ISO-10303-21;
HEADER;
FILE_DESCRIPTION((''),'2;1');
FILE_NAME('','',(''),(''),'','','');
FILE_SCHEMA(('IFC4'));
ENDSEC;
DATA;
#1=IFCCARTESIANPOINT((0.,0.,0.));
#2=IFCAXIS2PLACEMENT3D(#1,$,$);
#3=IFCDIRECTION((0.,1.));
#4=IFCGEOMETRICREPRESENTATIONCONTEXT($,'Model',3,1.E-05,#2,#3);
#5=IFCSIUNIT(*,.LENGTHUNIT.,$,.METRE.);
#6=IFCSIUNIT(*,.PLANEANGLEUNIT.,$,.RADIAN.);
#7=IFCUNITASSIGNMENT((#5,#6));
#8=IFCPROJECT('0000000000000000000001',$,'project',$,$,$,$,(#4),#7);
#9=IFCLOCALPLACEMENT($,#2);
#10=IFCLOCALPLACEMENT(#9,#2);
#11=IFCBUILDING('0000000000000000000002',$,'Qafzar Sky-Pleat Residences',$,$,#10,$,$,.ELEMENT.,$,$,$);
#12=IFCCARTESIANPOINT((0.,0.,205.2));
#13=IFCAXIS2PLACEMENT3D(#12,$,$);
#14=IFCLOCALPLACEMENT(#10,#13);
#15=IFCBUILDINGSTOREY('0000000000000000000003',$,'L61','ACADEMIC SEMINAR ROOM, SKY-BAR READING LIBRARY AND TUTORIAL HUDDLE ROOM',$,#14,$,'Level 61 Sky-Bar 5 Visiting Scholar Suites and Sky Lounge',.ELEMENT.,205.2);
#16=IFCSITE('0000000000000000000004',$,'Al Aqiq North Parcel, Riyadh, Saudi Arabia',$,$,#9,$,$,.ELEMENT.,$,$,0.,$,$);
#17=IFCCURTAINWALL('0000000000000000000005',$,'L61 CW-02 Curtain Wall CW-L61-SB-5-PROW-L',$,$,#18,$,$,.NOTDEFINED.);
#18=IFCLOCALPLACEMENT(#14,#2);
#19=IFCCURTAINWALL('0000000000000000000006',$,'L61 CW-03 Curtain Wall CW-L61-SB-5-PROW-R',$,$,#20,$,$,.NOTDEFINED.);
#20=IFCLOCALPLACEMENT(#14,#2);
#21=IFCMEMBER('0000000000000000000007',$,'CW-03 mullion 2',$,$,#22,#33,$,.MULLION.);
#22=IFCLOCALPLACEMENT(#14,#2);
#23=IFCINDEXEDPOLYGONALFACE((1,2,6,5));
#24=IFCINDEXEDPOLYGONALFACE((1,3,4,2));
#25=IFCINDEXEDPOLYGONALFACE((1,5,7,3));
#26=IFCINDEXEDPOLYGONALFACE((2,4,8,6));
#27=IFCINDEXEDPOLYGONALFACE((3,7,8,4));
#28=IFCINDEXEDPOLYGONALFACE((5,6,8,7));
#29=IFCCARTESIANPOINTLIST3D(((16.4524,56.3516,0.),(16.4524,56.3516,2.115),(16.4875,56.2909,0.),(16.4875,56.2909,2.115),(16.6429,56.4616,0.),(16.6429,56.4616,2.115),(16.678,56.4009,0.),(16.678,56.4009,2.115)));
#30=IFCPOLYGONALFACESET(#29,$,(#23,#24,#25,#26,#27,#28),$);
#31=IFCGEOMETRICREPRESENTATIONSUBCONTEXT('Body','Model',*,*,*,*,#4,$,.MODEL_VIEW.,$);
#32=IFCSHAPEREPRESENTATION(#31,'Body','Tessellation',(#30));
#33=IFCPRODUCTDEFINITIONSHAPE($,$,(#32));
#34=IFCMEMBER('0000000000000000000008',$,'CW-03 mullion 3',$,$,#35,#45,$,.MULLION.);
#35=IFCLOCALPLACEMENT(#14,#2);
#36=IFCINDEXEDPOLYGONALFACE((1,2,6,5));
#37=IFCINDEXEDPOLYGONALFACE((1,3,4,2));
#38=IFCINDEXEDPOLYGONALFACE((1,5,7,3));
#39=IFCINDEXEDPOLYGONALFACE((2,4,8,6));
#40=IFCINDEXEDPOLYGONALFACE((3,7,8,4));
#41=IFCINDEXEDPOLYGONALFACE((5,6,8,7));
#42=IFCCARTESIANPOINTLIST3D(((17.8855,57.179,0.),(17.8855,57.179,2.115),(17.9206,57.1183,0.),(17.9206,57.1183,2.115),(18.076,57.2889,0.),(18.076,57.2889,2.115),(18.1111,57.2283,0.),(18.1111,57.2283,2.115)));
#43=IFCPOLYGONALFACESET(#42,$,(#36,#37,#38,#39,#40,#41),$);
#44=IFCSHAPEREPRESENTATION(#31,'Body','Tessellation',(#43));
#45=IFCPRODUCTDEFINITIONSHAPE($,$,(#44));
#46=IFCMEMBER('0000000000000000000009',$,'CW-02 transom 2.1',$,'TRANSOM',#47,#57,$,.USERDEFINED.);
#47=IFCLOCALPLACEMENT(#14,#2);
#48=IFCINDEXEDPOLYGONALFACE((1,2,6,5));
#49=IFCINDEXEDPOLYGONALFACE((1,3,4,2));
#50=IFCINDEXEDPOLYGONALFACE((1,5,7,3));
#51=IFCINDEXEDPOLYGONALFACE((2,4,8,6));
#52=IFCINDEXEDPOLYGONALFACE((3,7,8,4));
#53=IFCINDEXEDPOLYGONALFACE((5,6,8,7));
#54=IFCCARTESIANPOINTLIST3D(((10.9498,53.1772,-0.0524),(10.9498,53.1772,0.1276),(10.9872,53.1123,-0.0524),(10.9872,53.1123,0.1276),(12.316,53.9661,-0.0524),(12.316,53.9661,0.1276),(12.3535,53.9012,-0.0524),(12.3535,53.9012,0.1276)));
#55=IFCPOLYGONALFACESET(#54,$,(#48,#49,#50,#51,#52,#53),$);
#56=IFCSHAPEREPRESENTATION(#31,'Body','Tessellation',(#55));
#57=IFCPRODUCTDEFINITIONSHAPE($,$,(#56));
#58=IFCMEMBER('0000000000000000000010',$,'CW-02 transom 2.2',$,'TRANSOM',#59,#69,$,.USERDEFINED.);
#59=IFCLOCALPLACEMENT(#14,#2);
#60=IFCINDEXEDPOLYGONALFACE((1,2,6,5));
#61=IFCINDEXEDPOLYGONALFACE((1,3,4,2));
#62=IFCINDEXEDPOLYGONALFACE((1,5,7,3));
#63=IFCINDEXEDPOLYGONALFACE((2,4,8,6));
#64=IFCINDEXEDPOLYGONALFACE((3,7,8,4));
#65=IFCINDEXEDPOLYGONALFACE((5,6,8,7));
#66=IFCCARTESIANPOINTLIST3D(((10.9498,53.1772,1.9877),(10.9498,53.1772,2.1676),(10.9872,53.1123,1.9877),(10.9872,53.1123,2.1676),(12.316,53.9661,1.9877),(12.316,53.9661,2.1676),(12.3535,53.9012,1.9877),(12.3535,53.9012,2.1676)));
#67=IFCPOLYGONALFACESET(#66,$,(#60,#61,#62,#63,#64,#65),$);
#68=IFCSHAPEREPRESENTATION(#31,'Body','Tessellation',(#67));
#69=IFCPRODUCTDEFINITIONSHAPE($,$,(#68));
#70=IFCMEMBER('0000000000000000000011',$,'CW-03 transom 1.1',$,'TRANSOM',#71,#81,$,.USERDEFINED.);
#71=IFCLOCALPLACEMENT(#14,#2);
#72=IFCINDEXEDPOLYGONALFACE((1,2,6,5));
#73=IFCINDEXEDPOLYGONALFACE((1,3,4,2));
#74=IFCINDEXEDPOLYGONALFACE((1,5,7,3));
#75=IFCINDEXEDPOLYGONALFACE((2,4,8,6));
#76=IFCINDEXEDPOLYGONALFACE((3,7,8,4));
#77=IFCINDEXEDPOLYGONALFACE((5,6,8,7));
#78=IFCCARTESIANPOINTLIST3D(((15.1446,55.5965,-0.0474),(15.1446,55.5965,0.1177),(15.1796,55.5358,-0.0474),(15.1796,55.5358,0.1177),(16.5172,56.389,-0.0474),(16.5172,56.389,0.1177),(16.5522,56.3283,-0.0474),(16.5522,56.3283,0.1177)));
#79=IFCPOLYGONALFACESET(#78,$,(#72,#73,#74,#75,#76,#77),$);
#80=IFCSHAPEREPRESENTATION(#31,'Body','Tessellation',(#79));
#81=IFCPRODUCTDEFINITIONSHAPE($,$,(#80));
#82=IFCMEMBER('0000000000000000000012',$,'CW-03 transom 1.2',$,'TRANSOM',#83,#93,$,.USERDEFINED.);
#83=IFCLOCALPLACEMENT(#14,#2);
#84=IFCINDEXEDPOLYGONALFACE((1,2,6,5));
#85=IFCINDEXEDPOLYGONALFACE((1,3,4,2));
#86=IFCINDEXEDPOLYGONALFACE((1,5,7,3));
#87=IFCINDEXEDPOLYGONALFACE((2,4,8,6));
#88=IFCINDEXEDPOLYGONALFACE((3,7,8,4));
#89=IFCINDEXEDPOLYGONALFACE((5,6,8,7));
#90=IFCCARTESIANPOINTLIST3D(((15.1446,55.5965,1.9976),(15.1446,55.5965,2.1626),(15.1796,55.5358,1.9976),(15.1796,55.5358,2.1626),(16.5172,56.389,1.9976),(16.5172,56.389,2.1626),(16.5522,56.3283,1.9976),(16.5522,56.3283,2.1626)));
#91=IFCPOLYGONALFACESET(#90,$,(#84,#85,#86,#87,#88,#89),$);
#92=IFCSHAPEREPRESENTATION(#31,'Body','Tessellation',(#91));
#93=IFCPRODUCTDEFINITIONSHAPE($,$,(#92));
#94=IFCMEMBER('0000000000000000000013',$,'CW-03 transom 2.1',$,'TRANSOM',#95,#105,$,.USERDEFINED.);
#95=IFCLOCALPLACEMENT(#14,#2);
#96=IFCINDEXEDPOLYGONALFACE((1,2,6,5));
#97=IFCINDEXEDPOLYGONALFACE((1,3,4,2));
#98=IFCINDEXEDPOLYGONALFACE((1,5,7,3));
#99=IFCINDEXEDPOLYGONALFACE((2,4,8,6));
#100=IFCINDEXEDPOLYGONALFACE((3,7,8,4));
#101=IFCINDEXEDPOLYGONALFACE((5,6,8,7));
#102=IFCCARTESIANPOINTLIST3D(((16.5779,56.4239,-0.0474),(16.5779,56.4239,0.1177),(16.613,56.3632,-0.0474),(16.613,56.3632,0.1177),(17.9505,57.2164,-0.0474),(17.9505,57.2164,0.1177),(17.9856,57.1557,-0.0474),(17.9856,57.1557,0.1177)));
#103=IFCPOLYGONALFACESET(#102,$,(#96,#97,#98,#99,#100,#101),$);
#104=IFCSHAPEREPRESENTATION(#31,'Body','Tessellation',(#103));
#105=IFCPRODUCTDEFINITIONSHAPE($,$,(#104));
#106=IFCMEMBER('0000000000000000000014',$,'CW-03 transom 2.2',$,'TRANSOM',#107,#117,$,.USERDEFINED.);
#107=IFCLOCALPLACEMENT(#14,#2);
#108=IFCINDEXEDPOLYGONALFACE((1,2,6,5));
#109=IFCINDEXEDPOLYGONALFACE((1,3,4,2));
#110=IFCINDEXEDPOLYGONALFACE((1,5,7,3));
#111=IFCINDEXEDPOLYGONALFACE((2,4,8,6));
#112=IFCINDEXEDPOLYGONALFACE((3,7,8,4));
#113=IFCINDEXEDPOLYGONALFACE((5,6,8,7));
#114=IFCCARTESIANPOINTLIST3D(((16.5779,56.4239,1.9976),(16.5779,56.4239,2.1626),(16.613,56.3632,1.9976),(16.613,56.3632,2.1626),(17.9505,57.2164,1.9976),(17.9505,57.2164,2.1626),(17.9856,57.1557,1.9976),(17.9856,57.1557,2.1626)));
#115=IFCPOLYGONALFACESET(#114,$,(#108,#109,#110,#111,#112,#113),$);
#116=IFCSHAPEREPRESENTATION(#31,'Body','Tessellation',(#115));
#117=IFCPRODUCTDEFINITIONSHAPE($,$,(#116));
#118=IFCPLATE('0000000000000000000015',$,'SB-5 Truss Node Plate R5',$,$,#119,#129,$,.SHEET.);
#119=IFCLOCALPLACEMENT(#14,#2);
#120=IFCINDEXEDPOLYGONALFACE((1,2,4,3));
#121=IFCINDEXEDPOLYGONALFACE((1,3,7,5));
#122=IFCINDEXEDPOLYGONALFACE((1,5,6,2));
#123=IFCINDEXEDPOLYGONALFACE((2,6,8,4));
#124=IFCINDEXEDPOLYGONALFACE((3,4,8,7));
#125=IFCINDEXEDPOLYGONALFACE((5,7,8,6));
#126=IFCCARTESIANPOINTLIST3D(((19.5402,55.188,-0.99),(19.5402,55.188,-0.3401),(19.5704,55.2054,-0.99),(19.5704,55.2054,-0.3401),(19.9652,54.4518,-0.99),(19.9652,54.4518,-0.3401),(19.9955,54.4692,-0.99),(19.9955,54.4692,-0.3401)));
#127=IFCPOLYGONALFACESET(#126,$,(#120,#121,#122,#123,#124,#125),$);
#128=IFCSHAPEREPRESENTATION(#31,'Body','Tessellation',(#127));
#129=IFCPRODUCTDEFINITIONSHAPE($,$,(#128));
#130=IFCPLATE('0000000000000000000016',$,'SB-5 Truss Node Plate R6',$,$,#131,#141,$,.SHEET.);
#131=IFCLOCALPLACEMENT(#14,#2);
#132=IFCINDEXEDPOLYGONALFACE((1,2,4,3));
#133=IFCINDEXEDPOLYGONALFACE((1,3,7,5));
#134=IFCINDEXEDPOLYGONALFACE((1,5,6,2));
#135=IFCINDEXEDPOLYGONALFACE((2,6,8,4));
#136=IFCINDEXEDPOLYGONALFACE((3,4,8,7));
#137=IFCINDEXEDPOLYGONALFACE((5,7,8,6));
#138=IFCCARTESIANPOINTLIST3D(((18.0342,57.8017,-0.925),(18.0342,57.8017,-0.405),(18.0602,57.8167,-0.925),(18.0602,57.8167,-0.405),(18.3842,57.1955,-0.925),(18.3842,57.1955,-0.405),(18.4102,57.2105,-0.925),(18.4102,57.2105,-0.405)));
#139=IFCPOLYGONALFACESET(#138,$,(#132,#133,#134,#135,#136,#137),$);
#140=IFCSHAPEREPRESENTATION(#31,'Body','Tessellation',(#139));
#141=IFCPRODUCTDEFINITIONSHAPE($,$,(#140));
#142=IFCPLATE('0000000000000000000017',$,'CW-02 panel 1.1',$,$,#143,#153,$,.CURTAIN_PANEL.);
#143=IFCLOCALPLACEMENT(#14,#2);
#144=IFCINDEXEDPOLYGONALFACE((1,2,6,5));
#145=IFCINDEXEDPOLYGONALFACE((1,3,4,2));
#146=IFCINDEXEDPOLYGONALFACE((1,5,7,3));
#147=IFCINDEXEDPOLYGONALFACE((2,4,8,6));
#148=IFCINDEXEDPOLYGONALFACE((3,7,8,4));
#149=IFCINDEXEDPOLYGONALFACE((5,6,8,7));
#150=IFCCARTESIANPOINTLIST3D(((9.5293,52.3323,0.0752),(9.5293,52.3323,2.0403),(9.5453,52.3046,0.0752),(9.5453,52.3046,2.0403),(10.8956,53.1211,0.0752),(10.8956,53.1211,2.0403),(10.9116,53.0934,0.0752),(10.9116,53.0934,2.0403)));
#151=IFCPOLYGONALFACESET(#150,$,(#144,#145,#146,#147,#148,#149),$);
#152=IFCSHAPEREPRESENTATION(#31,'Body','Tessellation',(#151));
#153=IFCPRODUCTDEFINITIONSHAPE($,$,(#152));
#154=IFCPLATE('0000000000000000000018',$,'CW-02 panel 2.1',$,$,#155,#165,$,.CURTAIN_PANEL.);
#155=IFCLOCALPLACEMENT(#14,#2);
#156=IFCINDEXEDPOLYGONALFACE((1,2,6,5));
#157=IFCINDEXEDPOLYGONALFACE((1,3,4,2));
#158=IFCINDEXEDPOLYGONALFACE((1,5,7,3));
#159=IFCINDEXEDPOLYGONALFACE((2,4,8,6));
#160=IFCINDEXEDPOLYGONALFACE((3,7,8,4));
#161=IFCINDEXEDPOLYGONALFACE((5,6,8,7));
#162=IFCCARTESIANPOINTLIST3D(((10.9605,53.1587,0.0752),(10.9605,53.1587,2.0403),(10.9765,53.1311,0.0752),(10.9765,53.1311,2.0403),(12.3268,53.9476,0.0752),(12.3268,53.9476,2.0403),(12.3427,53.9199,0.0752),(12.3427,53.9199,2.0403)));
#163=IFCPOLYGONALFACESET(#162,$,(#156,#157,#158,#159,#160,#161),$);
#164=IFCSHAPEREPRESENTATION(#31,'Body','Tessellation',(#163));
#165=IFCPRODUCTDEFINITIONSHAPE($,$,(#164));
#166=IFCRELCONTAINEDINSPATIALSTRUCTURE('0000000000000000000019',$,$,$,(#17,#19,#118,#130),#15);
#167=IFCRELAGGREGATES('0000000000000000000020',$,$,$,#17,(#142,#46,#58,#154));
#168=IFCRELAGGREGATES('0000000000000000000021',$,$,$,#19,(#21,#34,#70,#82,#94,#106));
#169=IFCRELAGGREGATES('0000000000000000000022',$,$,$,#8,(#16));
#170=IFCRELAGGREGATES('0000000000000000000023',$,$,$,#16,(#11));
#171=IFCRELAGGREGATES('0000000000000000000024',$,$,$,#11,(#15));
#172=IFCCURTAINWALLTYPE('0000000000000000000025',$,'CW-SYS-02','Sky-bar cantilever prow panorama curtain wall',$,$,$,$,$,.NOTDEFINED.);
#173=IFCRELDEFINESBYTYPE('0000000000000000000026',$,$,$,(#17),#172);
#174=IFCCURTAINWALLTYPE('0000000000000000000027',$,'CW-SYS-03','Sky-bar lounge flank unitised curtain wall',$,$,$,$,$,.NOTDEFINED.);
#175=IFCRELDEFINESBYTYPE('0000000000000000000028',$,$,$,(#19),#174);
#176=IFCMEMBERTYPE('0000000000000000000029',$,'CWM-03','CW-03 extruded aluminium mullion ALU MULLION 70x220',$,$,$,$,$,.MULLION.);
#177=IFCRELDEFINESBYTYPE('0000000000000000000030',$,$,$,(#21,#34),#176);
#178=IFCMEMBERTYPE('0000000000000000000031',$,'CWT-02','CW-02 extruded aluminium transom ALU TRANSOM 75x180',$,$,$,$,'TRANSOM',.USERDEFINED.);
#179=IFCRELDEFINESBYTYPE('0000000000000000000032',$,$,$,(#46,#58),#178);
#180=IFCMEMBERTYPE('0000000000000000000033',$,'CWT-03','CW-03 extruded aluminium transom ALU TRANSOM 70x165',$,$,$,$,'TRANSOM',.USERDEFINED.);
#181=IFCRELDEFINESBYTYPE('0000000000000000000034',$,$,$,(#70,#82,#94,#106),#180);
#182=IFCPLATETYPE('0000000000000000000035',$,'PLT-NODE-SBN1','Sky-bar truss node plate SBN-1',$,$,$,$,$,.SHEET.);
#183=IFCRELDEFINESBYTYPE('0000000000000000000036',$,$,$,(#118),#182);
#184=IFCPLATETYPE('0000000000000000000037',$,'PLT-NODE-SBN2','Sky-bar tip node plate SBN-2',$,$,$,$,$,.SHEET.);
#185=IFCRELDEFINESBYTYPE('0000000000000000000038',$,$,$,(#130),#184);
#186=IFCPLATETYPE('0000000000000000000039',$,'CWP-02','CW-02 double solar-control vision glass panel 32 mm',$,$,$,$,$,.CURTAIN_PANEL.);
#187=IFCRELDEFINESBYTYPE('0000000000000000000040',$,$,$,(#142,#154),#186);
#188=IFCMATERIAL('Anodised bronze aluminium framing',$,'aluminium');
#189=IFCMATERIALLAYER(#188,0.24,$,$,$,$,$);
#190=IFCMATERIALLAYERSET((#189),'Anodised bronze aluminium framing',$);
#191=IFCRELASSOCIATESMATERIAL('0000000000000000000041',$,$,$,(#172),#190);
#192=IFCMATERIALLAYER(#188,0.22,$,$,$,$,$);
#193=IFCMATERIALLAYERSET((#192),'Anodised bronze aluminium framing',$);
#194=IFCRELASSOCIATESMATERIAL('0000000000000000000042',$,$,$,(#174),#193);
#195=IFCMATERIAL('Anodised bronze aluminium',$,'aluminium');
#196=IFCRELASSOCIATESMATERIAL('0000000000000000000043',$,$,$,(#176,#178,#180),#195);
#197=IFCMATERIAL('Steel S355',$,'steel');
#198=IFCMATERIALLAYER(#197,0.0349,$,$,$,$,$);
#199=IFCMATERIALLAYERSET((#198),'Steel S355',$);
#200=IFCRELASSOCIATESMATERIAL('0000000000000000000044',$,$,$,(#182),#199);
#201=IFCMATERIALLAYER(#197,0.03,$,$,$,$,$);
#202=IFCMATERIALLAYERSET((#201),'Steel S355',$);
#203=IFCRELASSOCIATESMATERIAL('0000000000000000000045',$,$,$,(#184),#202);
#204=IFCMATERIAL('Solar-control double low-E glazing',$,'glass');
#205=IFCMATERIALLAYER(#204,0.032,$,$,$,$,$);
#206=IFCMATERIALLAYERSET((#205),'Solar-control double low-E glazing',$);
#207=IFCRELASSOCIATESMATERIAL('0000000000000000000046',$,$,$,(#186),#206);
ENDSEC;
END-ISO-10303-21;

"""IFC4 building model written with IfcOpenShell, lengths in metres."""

from ifc_helpers import new_model, si_unit, direction, frame, origin, origin_2d, place, context, subcontext, project, spatial, rectangle, extrude, source, transform, mapped, material, layer, layer_set, material_profile, profile_set, type_object, element, aggregate, save


model = new_model("IFC4")

# Units and contexts
model_context = context("Model", 3, precision=1e-05, world=origin(), true_north=direction((0.0, 1.0)))
body_context = subcontext(model_context, "Body", "Model", "MODEL_VIEW")
ifc_project = project(units=[si_unit("LENGTHUNIT", "METRE"), si_unit("PLANEANGLEUNIT", "RADIAN")], contexts=[model_context])

# Site, building, storey
site_placement = place(None, origin())
site = spatial("IfcSite", under=ifc_project, at=site_placement, Name="Al Aqiq North Parcel, Riyadh, Saudi Arabia", CompositionType="ELEMENT", RefElevation=0.0)
building_placement = place(site_placement, origin())
building = spatial("IfcBuilding", under=site, at=building_placement, Name="Qafzar Sky-Pleat Residences", CompositionType="ELEMENT")
storey_placement = place(building_placement, frame((0.0, 0.0, 205.2)))
storey = spatial("IfcBuildingStorey", under=building, at=storey_placement, Name="L61", Description="ACADEMIC SEMINAR ROOM, SKY-BAR READING LIBRARY AND TUTORIAL HUDDLE ROOM", LongName="Level 61 Sky-Bar 5 Visiting Scholar Suites and Sky Lounge", CompositionType="ELEMENT", Elevation=205.2)

# Shared definitions
ifc_material_1 = material(Name="Steel S355", Category="steel")

# Curtain walls, members
ifc_material_2 = material(Name="Anodised bronze aluminium framing", Category="aluminium")
ifc_layer_1 = layer(ifc_material_2, 0.24)
ifc_layer_set_1 = layer_set([ifc_layer_1], Name="Anodised bronze aluminium framing")
curtain_wall_type_1 = type_object("IfcCurtainWallType", Name="CW-SYS-02", Description="Sky-bar cantilever prow panorama curtain wall", PredefinedType="NOTDEFINED", material=ifc_layer_set_1)
curtain_wall_1_placement = place(storey_placement, origin())
curtain_wall_1 = element("IfcCurtainWall", 1, at=curtain_wall_1_placement, inside=storey, type_object=curtain_wall_type_1, Name="L61 CW-02 Curtain Wall CW-L61-SB-5-PROW-L", PredefinedType="NOTDEFINED")
ifc_material_3 = material(Name="Anodised bronze aluminium", Category="aluminium")
ifc_layer_2 = layer(ifc_material_2, 0.22)
ifc_layer_set_2 = layer_set([ifc_layer_2], Name="Anodised bronze aluminium framing")
curtain_wall_type_2 = type_object("IfcCurtainWallType", Name="CW-SYS-03", Description="Sky-bar lounge flank unitised curtain wall", PredefinedType="NOTDEFINED", material=ifc_layer_set_2)
curtain_wall_2_placement = place(storey_placement, origin())
curtain_wall_2 = element("IfcCurtainWall", 2, at=curtain_wall_2_placement, inside=storey, type_object=curtain_wall_type_2, Name="L61 CW-03 Curtain Wall CW-L61-SB-5-PROW-R", PredefinedType="NOTDEFINED")
ifc_material_profile_1 = material_profile(ifc_material_3, rectangle(XDim=0.0701, YDim=0.22, at=origin_2d()), Name="ALU MULLION 70x220")
ifc_profile_set_1 = profile_set([ifc_material_profile_1], Name="Anodised bronze aluminium")
member_type_1 = type_object("IfcMemberType", Name="CWM-03", Description="CW-03 extruded aluminium mullion ALU MULLION 70x220", PredefinedType="MULLION", material=ifc_profile_set_1)
shared_shape_1 = source(origin(), body_context, "Body", "SweptSolid", [
    extrude(rectangle(XDim=0.0701, YDim=0.22, at=origin_2d()), origin(), (0.0, 0.0, 1.0), 2.115),
])
member_1_placement = place(storey_placement, frame((16.5652, 56.3762, 0.0), z_axis=(0.0, 0.0, 1.0), x_axis=(-0.499996, 0.866028, 0.0)))
member_1 = element("IfcMember", 3, at=member_1_placement, type_object=member_type_1, Name="CW-03 mullion 2", PredefinedType="MULLION", context=body_context, shape_type="MappedRepresentation", body=[
    mapped(shared_shape_1, transform((0.0, 0.0, 0.0), x_axis=(1.0, 0.0, 0.0), y_axis=(0.0, 1.0, 0.0), z_axis=(0.0, 0.0, 1.0), scale=1.0)),
])
member_2_placement = place(storey_placement, frame((17.9983, 57.2036, 0.0), z_axis=(0.0, 0.0, 1.0), x_axis=(-0.499996, 0.866028, 0.0)))
member_2 = element("IfcMember", 4, at=member_2_placement, type_object=member_type_1, Name="CW-03 mullion 3", PredefinedType="MULLION", context=body_context, shape_type="MappedRepresentation", body=[
    mapped(shared_shape_1, transform((0.0, 0.0, 0.0), x_axis=(1.0, 0.0, 0.0), y_axis=(0.0, 1.0, 0.0), z_axis=(0.0, 0.0, 1.0), scale=1.0)),
])

# Members
ifc_material_profile_2 = material_profile(ifc_material_3, rectangle(XDim=0.075, YDim=0.1799, at=origin_2d()), Name="ALU TRANSOM 75x180")
ifc_profile_set_2 = profile_set([ifc_material_profile_2], Name="Anodised bronze aluminium")
member_type_2 = type_object("IfcMemberType", Name="CWT-02", Description="CW-02 extruded aluminium transom ALU TRANSOM 75x180", ElementType="TRANSOM", PredefinedType="USERDEFINED", material=ifc_profile_set_2)
shared_shape_2 = source(origin(), body_context, "Body", "SweptSolid", [
    extrude(rectangle(XDim=0.075, YDim=0.1799, at=origin_2d()), origin(), (0.0, 0.0, 1.0), 1.5776),
])
member_3_placement = place(storey_placement, frame((10.9685, 53.1448, 0.0376), z_axis=(0.866015, 0.500017, 0.0), x_axis=(-0.500017, 0.866015, 0.0)))
member_3 = element("IfcMember", 5, at=member_3_placement, type_object=member_type_2, Name="CW-02 transom 2.1", ObjectType="TRANSOM", PredefinedType="USERDEFINED", context=body_context, shape_type="MappedRepresentation", body=[
    mapped(shared_shape_2, transform((0.0, 0.0, 0.0), x_axis=(1.0, 0.0, 0.0), y_axis=(0.0, 1.0, 0.0), z_axis=(0.0, 0.0, 1.0), scale=1.0)),
])
member_4_placement = place(storey_placement, frame((10.9685, 53.1448, 2.0776), z_axis=(0.866015, 0.500017, 0.0), x_axis=(-0.500017, 0.866015, 0.0)))
member_4 = element("IfcMember", 6, at=member_4_placement, type_object=member_type_2, Name="CW-02 transom 2.2", ObjectType="TRANSOM", PredefinedType="USERDEFINED", context=body_context, shape_type="MappedRepresentation", body=[
    mapped(shared_shape_2, transform((0.0, 0.0, 0.0), x_axis=(1.0, 0.0, 0.0), y_axis=(0.0, 1.0, 0.0), z_axis=(0.0, 0.0, 1.0), scale=1.0)),
])
ifc_material_profile_3 = material_profile(ifc_material_3, rectangle(XDim=0.0701, YDim=0.165, at=origin_2d()), Name="ALU TRANSOM 70x165")
ifc_profile_set_3 = profile_set([ifc_material_profile_3], Name="Anodised bronze aluminium")
member_type_3 = type_object("IfcMemberType", Name="CWT-03", Description="CW-03 extruded aluminium transom ALU TRANSOM 70x165", ElementType="TRANSOM", PredefinedType="USERDEFINED", material=ifc_profile_set_3)
shared_shape_3 = source(origin(), body_context, "Body", "SweptSolid", [
    extrude(rectangle(XDim=0.0701, YDim=0.165, at=origin_2d()), origin(), (0.0, 0.0, 1.0), 1.585),
])
member_5_placement = place(storey_placement, frame((15.1621, 55.5662, 0.0352), z_axis=(0.866016, 0.500016, 0.0), x_axis=(-0.500016, 0.866016, 0.0)))
member_5 = element("IfcMember", 7, at=member_5_placement, type_object=member_type_3, Name="CW-03 transom 1.1", ObjectType="TRANSOM", PredefinedType="USERDEFINED", context=body_context, shape_type="MappedRepresentation", body=[
    mapped(shared_shape_3, transform((0.0, 0.0, 0.0), x_axis=(1.0, 0.0, 0.0), y_axis=(0.0, 1.0, 0.0), z_axis=(0.0, 0.0, 1.0), scale=1.0)),
])
member_6_placement = place(storey_placement, frame((15.1621, 55.5662, 2.0801), z_axis=(0.866016, 0.500016, 0.0), x_axis=(-0.500016, 0.866016, 0.0)))
member_6 = element("IfcMember", 8, at=member_6_placement, type_object=member_type_3, Name="CW-03 transom 1.2", ObjectType="TRANSOM", PredefinedType="USERDEFINED", context=body_context, shape_type="MappedRepresentation", body=[
    mapped(shared_shape_3, transform((0.0, 0.0, 0.0), x_axis=(1.0, 0.0, 0.0), y_axis=(0.0, 1.0, 0.0), z_axis=(0.0, 0.0, 1.0), scale=1.0)),
])
member_7_placement = place(storey_placement, frame((16.5955, 56.3936, 0.0352), z_axis=(0.866016, 0.500016, 0.0), x_axis=(-0.500016, 0.866016, 0.0)))
member_7 = element("IfcMember", 9, at=member_7_placement, type_object=member_type_3, Name="CW-03 transom 2.1", ObjectType="TRANSOM", PredefinedType="USERDEFINED", context=body_context, shape_type="MappedRepresentation", body=[
    mapped(shared_shape_3, transform((0.0, 0.0, 0.0), x_axis=(1.0, 0.0, 0.0), y_axis=(0.0, 1.0, 0.0), z_axis=(0.0, 0.0, 1.0), scale=1.0)),
])
member_8_placement = place(storey_placement, frame((16.5955, 56.3936, 2.0801), z_axis=(0.866016, 0.500016, 0.0), x_axis=(-0.500016, 0.866016, 0.0)))
member_8 = element("IfcMember", 10, at=member_8_placement, type_object=member_type_3, Name="CW-03 transom 2.2", ObjectType="TRANSOM", PredefinedType="USERDEFINED", context=body_context, shape_type="MappedRepresentation", body=[
    mapped(shared_shape_3, transform((0.0, 0.0, 0.0), x_axis=(1.0, 0.0, 0.0), y_axis=(0.0, 1.0, 0.0), z_axis=(0.0, 0.0, 1.0), scale=1.0)),
])

# Plates
ifc_layer_3 = layer(ifc_material_1, 0.0349)
ifc_layer_set_3 = layer_set([ifc_layer_3], Name="Steel S355")
plate_type_1 = type_object("IfcPlateType", Name="PLT-NODE-SBN1", Description="Sky-bar truss node plate SBN-1", PredefinedType="SHEET", material=ifc_layer_set_3)
shared_shape_4 = source(origin(), body_context, "Body", "SweptSolid", [
    extrude(rectangle(XDim=0.8501, YDim=0.0349, at=origin_2d()), origin(), (0.0, 0.0, 1.0), 0.6499),
])
plate_1_placement = place(storey_placement, frame((19.7678, 54.8286, -0.99), z_axis=(0.0, 0.0, 1.0), x_axis=(-0.5, 0.866025, 0.0)))
element("IfcPlate", 11, at=plate_1_placement, inside=storey, type_object=plate_type_1, Name="SB-5 Truss Node Plate R5", PredefinedType="SHEET", context=body_context, shape_type="MappedRepresentation", body=[
    mapped(shared_shape_4, transform((0.0, 0.0, 0.0), x_axis=(1.0, 0.0, 0.0), y_axis=(0.0, 1.0, 0.0), z_axis=(0.0, 0.0, 1.0), scale=1.0)),
])
ifc_layer_4 = layer(ifc_material_1, 0.03)
ifc_layer_set_4 = layer_set([ifc_layer_4], Name="Steel S355")
plate_type_2 = type_object("IfcPlateType", Name="PLT-NODE-SBN2", Description="Sky-bar tip node plate SBN-2", PredefinedType="SHEET", material=ifc_layer_set_4)
shared_shape_5 = source(origin(), body_context, "Body", "SweptSolid", [
    extrude(rectangle(XDim=0.7, YDim=0.03, at=origin_2d()), origin(), (0.0, 0.0, 1.0), 0.52),
])
plate_2_placement = place(storey_placement, frame((18.2222, 57.5061, -0.925), z_axis=(0.0, 0.0, 1.0), x_axis=(-0.5, 0.866025, 0.0)))
element("IfcPlate", 12, at=plate_2_placement, inside=storey, type_object=plate_type_2, Name="SB-5 Truss Node Plate R6", PredefinedType="SHEET", context=body_context, shape_type="MappedRepresentation", body=[
    mapped(shared_shape_5, transform((0.0, 0.0, 0.0), x_axis=(1.0, 0.0, 0.0), y_axis=(0.0, 1.0, 0.0), z_axis=(0.0, 0.0, 1.0), scale=1.0)),
])

# Plates
ifc_material_4 = material(Name="Solar-control double low-E glazing", Category="glass")
ifc_layer_5 = layer(ifc_material_4, 0.032)
ifc_layer_set_5 = layer_set([ifc_layer_5], Name="Solar-control double low-E glazing")
plate_type_3 = type_object("IfcPlateType", Name="CWP-02", Description="CW-02 double solar-control vision glass panel 32 mm", PredefinedType="CURTAIN_PANEL", material=ifc_layer_set_5)
shared_shape_6 = source(origin(), body_context, "Body", "SweptSolid", [
    extrude(rectangle(XDim=1.5776, YDim=0.032, at=origin_2d()), origin(), (0.0, 0.0, 1.0), 1.9651),
])
plate_3_placement = place(storey_placement, frame((10.2205, 52.7129, 0.0752), z_axis=(0.0, 0.0, 1.0), x_axis=(0.866028, 0.499996, 0.0)))
plate_3 = element("IfcPlate", 13, at=plate_3_placement, type_object=plate_type_3, Name="CW-02 panel 1.1", PredefinedType="CURTAIN_PANEL", context=body_context, shape_type="MappedRepresentation", body=[
    mapped(shared_shape_6, transform((0.0, 0.0, 0.0), x_axis=(1.0, 0.0, 0.0), y_axis=(0.0, 1.0, 0.0), z_axis=(0.0, 0.0, 1.0), scale=1.0)),
])
plate_4_placement = place(storey_placement, frame((11.6516, 53.5393, 0.0752), z_axis=(0.0, 0.0, 1.0), x_axis=(0.866028, 0.499996, 0.0)))
plate_4 = element("IfcPlate", 14, at=plate_4_placement, type_object=plate_type_3, Name="CW-02 panel 2.1", PredefinedType="CURTAIN_PANEL", context=body_context, shape_type="MappedRepresentation", body=[
    mapped(shared_shape_6, transform((0.0, 0.0, 0.0), x_axis=(1.0, 0.0, 0.0), y_axis=(0.0, 1.0, 0.0), z_axis=(0.0, 0.0, 1.0), scale=1.0)),
])
aggregate(curtain_wall_1, [plate_3, member_3, member_4, plate_4])
aggregate(curtain_wall_2, [member_1, member_2, member_5, member_6, member_7, member_8])

save(model, "model.ifc")
